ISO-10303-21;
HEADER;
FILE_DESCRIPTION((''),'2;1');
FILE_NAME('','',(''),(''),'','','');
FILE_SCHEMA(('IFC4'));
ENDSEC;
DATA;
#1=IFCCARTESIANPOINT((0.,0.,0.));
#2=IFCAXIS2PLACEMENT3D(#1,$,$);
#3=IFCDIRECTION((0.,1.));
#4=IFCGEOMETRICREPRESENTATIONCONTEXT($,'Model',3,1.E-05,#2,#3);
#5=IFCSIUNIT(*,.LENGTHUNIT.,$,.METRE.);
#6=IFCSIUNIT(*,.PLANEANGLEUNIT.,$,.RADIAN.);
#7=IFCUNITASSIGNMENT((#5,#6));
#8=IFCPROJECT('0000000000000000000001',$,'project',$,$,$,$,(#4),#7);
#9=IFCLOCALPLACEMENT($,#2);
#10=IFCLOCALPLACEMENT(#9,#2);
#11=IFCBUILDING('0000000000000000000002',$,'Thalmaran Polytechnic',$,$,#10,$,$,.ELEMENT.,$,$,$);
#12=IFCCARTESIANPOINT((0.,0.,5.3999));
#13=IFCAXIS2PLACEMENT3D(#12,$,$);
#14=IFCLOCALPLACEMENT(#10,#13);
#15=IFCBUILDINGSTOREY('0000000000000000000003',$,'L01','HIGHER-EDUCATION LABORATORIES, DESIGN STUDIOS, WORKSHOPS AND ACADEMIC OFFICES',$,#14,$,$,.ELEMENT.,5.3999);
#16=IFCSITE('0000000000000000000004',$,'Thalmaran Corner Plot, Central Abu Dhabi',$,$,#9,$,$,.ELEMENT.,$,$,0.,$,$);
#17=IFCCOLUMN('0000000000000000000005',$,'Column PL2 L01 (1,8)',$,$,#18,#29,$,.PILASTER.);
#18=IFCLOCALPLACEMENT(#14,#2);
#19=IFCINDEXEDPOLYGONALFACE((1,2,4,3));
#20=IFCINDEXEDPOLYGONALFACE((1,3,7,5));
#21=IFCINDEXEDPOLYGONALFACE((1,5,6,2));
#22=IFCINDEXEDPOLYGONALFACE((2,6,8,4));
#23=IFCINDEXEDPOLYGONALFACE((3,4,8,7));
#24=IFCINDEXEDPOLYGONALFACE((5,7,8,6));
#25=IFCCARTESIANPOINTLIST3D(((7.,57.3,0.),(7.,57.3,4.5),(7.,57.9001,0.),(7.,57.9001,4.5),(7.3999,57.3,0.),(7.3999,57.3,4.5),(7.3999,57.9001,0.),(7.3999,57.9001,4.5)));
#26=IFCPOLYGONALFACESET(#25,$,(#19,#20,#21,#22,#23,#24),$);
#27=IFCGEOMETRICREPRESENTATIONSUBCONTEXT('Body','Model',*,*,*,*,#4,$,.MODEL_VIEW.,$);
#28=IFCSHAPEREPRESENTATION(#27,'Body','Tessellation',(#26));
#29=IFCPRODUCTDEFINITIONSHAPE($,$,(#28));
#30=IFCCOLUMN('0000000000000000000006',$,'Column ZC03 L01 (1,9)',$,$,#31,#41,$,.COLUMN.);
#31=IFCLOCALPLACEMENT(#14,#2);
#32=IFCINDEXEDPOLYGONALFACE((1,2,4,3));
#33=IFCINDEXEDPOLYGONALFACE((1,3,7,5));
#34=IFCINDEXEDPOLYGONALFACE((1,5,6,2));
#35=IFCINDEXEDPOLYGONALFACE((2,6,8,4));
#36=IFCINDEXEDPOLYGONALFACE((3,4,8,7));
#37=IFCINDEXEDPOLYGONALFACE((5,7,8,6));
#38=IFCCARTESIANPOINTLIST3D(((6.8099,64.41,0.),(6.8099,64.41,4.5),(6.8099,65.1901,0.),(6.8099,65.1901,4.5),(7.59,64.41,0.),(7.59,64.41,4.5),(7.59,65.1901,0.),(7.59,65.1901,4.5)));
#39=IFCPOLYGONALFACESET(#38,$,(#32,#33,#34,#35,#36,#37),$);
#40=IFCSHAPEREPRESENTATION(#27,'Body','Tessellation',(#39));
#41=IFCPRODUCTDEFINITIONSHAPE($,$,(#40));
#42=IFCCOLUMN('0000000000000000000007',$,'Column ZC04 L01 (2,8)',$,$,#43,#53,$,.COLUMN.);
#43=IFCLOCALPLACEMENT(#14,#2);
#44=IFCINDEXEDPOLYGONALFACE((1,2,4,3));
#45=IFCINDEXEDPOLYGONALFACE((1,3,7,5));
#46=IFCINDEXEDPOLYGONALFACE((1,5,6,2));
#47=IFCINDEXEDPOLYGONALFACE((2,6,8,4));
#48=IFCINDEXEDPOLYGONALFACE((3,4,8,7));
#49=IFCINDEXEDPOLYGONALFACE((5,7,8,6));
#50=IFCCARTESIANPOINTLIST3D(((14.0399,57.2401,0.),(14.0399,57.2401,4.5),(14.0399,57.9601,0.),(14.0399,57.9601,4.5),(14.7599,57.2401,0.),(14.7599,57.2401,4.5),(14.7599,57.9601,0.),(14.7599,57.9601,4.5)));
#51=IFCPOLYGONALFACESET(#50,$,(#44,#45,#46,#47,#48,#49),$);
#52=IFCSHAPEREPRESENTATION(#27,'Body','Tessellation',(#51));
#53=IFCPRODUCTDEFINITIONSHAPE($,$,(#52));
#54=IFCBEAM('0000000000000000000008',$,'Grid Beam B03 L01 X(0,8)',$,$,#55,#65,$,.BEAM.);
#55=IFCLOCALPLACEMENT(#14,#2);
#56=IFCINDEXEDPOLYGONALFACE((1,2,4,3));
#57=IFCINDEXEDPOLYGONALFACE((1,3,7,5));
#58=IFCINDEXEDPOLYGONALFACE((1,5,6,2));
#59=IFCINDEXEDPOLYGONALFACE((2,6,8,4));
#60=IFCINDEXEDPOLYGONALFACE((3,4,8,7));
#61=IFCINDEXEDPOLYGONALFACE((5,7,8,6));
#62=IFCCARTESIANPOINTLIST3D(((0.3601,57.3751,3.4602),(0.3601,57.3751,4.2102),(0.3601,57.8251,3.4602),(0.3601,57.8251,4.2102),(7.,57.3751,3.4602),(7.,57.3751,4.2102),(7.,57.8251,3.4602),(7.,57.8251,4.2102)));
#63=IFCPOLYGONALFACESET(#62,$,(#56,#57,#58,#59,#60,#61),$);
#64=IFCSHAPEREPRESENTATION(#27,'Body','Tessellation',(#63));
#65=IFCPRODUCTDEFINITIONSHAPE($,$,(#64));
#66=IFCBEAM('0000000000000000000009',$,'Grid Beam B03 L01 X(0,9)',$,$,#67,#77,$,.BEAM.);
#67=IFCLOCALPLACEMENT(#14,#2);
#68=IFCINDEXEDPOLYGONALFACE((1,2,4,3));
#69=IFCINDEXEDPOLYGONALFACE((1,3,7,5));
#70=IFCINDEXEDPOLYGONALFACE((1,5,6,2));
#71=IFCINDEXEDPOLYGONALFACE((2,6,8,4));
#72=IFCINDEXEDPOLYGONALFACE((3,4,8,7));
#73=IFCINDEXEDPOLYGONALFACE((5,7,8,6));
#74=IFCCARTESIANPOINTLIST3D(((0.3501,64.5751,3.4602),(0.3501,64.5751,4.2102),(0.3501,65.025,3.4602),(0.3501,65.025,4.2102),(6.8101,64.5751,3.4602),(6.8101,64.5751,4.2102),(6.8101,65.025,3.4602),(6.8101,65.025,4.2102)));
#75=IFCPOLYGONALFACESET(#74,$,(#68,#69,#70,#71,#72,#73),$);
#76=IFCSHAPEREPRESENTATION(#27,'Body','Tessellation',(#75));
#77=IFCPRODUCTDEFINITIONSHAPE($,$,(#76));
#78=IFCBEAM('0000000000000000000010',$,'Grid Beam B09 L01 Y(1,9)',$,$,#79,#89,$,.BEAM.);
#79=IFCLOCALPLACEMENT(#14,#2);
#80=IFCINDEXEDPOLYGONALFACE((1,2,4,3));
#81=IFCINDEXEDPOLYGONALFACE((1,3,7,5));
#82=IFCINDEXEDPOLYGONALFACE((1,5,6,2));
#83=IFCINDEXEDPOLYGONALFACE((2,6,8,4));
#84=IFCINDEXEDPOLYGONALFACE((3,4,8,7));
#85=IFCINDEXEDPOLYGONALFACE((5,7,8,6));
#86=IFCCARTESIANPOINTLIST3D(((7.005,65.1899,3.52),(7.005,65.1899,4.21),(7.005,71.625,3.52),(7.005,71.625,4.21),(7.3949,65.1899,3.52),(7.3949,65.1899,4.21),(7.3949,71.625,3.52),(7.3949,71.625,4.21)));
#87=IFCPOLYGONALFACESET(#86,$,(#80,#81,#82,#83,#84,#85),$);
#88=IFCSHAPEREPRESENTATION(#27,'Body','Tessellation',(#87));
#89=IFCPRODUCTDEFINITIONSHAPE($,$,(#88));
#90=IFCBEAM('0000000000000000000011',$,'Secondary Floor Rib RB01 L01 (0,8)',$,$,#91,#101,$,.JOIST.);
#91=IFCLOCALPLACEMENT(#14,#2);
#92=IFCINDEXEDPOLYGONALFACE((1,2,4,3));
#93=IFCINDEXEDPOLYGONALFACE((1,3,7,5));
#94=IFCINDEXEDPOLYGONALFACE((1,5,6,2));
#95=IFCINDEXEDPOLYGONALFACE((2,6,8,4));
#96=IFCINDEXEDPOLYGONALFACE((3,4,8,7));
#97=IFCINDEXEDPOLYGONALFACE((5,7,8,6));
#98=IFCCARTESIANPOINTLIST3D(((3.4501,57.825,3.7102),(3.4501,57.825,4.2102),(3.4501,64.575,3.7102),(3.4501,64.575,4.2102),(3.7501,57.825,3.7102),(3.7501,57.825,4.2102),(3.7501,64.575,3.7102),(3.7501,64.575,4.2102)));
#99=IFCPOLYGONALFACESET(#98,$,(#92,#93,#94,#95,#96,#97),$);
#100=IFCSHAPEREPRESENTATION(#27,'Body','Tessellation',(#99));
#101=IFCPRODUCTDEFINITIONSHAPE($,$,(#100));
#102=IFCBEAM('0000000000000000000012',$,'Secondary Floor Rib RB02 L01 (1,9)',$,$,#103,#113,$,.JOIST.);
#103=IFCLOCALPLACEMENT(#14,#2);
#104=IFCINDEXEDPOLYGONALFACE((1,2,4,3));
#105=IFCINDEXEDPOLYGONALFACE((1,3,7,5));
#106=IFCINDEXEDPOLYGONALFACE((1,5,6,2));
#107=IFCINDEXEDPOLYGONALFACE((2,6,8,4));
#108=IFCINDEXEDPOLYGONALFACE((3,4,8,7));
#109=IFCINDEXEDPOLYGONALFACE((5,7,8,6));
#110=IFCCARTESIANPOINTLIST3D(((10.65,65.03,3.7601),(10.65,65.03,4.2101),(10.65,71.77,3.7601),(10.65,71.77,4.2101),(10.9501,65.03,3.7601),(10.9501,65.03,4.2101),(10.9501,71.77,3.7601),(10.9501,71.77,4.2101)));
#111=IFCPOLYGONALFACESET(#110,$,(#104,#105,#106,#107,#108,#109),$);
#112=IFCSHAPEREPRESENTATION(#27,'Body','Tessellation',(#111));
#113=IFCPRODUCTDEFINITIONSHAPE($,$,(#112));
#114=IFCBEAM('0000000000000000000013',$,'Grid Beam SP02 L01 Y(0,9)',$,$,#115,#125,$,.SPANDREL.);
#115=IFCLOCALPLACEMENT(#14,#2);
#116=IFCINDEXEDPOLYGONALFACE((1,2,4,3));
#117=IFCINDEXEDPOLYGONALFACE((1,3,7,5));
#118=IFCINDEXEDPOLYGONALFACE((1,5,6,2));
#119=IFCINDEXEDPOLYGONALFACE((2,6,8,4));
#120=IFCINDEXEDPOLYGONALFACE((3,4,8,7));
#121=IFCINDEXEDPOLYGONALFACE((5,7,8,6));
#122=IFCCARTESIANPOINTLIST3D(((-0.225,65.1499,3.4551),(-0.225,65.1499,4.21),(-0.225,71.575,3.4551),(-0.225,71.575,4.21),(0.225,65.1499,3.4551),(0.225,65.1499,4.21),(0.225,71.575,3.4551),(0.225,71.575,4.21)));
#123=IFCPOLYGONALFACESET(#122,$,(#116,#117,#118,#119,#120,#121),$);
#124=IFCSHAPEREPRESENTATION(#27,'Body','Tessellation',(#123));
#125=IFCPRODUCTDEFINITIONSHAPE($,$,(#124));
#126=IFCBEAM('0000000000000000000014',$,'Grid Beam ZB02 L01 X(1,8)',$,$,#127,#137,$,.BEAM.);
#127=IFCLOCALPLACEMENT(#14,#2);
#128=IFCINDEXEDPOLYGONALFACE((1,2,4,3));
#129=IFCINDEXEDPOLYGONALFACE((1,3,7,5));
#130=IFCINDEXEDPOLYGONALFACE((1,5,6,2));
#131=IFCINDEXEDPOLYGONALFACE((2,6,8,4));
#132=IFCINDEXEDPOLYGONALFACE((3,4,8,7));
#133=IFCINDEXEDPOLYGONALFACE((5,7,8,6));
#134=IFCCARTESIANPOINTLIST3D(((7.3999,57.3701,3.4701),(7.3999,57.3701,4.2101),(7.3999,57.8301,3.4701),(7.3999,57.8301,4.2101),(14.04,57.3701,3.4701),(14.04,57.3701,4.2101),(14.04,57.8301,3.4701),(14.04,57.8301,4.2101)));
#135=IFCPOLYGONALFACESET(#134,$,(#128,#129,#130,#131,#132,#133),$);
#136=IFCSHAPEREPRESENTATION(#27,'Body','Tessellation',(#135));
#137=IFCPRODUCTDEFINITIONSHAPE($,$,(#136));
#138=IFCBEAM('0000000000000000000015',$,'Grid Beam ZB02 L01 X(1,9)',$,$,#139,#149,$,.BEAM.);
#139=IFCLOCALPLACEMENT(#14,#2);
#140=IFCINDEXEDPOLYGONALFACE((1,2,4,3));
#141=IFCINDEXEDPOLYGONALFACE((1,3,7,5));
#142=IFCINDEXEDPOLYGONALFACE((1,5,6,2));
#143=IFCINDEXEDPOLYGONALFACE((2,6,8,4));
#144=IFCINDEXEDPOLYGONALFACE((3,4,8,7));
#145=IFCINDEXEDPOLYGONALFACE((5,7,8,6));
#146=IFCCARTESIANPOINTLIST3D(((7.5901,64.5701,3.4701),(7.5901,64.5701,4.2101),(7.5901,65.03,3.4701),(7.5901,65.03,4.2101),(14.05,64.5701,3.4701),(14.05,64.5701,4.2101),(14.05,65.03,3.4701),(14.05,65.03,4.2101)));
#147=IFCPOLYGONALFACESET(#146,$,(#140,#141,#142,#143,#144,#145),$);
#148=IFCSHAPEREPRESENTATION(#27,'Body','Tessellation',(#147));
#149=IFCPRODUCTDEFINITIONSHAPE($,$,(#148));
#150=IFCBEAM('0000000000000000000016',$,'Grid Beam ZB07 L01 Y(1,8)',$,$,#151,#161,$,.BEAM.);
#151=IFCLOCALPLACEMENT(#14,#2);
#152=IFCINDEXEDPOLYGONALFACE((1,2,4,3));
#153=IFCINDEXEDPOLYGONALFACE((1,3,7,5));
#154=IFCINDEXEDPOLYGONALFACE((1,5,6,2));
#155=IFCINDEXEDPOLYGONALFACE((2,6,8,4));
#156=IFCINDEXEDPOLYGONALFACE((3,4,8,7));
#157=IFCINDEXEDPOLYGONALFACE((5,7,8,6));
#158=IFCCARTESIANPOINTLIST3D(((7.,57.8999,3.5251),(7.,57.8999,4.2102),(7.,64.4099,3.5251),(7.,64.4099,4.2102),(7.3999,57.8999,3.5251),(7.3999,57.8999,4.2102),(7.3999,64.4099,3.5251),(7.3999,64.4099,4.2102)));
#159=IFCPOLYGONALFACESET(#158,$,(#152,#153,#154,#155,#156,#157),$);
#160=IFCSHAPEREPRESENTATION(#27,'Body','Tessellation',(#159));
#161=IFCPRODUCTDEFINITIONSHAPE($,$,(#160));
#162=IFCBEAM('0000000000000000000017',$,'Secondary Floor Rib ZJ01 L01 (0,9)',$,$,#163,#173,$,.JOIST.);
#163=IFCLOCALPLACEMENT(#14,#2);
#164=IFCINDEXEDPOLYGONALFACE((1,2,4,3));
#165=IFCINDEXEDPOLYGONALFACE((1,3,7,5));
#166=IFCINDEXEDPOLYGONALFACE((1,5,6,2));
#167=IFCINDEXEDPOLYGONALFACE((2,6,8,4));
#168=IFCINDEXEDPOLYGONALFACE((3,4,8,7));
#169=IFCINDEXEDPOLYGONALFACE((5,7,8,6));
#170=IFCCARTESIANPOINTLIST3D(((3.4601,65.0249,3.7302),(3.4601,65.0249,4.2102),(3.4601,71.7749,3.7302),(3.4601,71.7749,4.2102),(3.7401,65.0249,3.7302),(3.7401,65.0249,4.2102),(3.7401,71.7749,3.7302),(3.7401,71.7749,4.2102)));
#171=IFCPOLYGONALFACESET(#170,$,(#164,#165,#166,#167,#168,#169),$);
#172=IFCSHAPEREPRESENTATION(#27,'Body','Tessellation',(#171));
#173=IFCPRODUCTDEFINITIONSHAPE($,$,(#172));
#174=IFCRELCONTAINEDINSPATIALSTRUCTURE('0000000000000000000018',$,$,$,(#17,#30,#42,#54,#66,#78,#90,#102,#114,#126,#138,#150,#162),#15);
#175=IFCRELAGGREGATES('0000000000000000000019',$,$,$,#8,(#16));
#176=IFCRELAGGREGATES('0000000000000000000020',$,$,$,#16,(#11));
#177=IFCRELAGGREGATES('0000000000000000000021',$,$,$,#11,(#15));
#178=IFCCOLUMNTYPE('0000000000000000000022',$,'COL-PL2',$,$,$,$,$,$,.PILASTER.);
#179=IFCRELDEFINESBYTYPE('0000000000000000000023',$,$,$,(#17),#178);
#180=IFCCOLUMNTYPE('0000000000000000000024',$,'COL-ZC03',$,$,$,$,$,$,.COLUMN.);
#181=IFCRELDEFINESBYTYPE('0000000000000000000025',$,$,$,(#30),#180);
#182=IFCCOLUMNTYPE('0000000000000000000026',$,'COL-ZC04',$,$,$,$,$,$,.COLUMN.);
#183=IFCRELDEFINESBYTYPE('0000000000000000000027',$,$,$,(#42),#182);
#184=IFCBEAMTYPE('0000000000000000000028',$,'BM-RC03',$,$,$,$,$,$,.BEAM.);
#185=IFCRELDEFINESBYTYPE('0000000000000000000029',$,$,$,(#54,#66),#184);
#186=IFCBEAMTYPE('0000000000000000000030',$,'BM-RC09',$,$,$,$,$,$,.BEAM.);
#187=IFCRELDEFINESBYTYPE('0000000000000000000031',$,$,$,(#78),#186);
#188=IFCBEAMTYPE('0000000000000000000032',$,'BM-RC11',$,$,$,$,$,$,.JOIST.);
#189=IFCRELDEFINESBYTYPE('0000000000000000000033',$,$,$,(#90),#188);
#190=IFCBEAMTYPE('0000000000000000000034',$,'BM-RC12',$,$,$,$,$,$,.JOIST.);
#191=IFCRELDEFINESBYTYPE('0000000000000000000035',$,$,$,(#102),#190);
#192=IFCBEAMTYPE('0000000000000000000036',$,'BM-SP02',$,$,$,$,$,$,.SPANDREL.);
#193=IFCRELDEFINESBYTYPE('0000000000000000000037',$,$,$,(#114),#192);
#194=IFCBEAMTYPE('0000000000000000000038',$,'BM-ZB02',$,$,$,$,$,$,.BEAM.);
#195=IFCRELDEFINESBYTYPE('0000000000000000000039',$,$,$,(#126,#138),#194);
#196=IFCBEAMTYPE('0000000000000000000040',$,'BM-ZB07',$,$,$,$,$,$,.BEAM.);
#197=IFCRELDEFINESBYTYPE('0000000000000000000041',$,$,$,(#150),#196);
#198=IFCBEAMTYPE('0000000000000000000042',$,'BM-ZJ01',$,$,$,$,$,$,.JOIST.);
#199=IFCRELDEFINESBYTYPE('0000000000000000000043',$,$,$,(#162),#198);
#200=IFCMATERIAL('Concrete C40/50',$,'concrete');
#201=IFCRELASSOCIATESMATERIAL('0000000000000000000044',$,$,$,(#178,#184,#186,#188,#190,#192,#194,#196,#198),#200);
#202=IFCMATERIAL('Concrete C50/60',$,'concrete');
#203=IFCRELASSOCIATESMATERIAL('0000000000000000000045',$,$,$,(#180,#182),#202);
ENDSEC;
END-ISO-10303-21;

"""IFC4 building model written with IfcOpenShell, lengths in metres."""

from ifc_helpers import new_model, si_unit, direction, frame, origin, origin_2d, place, context, subcontext, project, spatial, rectangle, extrude, material, material_profile, profile_set, type_object, element, save


model = new_model("IFC4")

# Units and contexts
model_context = context("Model", 3, precision=1e-05, world=origin(), true_north=direction((0.0, 1.0)))
body_context = subcontext(model_context, "Body", "Model", "MODEL_VIEW")
ifc_project = project(units=[si_unit("LENGTHUNIT", "METRE"), si_unit("PLANEANGLEUNIT", "RADIAN")], contexts=[model_context])

# Site, building, storey
site_placement = place(None, origin())
site = spatial("IfcSite", under=ifc_project, at=site_placement, Name="Thalmaran Corner Plot, Central Abu Dhabi", CompositionType="ELEMENT", RefElevation=0.0)
building_placement = place(site_placement, origin())
building = spatial("IfcBuilding", under=site, at=building_placement, Name="Thalmaran Polytechnic", CompositionType="ELEMENT")
storey_placement = place(building_placement, frame((0.0, 0.0, 5.3999)))
storey = spatial("IfcBuildingStorey", under=building, at=storey_placement, Name="L01", Description="HIGHER-EDUCATION LABORATORIES, DESIGN STUDIOS, WORKSHOPS AND ACADEMIC OFFICES", CompositionType="ELEMENT", Elevation=5.3999)

# Columns
ifc_material_1 = material(Name="Concrete C40/50", Category="concrete")
ifc_material_profile_1 = material_profile(ifc_material_1, rectangle(XDim=0.3999, YDim=0.6001, at=origin_2d()), Name="RC 400x600")
ifc_profile_set_1 = profile_set([ifc_material_profile_1], Name="Concrete C40/50")
column_type_1 = type_object("IfcColumnType", Name="COL-PL2", PredefinedType="PILASTER", material=ifc_profile_set_1)
column_1_placement = place(storey_placement, frame((7.2, 57.6001, 0.0), z_axis=(0.0, 0.0, 1.0), x_axis=(1.0, 0.0, 0.0)))
element("IfcColumn", 1, at=column_1_placement, inside=storey, type_object=column_type_1, Name="Column PL2 L01 (1,8)", PredefinedType="PILASTER", context=body_context, shape_type="SweptSolid", body=[
    extrude(rectangle(XDim=0.3999, YDim=0.6001, at=origin_2d()), origin(), (0.0, 0.0, 1.0), 4.5),
])
ifc_material_2 = material(Name="Concrete C50/60", Category="concrete")
ifc_material_profile_2 = material_profile(ifc_material_2, rectangle(XDim=0.78, YDim=0.78, at=origin_2d()), Name="RC 780x780")
ifc_profile_set_2 = profile_set([ifc_material_profile_2], Name="Concrete C50/60")
column_type_2 = type_object("IfcColumnType", Name="COL-ZC03", PredefinedType="COLUMN", material=ifc_profile_set_2)
column_2_placement = place(storey_placement, frame((7.2, 64.8, 0.0), z_axis=(0.0, 0.0, 1.0), x_axis=(1.0, 0.0, 0.0)))
element("IfcColumn", 2, at=column_2_placement, inside=storey, type_object=column_type_2, Name="Column ZC03 L01 (1,9)", PredefinedType="COLUMN", context=body_context, shape_type="SweptSolid", body=[
    extrude(rectangle(XDim=0.78, YDim=0.78, at=origin_2d()), origin(), (0.0, 0.0, 1.0), 4.5),
])
ifc_material_profile_3 = material_profile(ifc_material_2, rectangle(XDim=0.72, YDim=0.72, at=origin_2d()), Name="RC 720x720")
ifc_profile_set_3 = profile_set([ifc_material_profile_3], Name="Concrete C50/60")
column_type_3 = type_object("IfcColumnType", Name="COL-ZC04", PredefinedType="COLUMN", material=ifc_profile_set_3)
column_3_placement = place(storey_placement, frame((14.3999, 57.6001, 0.0), z_axis=(0.0, 0.0, 1.0), x_axis=(1.0, 0.0, 0.0)))
element("IfcColumn", 3, at=column_3_placement, inside=storey, type_object=column_type_3, Name="Column ZC04 L01 (2,8)", PredefinedType="COLUMN", context=body_context, shape_type="SweptSolid", body=[
    extrude(rectangle(XDim=0.72, YDim=0.72, at=origin_2d()), origin(), (0.0, 0.0, 1.0), 4.5),
])

# Beams
ifc_material_profile_4 = material_profile(ifc_material_1, rectangle(XDim=0.45, YDim=0.75, at=origin_2d()), Name="RC 450x750")
ifc_profile_set_4 = profile_set([ifc_material_profile_4], Name="Concrete C40/50")
beam_type_1 = type_object("IfcBeamType", Name="BM-RC03", PredefinedType="BEAM", material=ifc_profile_set_4)
beam_1_placement = place(storey_placement, frame((0.3601, 57.6001, 3.8352), z_axis=(1.0, 0.0, 0.0), x_axis=(0.0, 1.0, 0.0)))
element("IfcBeam", 4, at=beam_1_placement, inside=storey, type_object=beam_type_1, Name="Grid Beam B03 L01 X(0,8)", PredefinedType="BEAM", context=body_context, shape_type="SweptSolid", body=[
    extrude(rectangle(XDim=0.45, YDim=0.75, at=origin_2d()), origin(), (0.0, 0.0, 1.0), 6.6399),
])
beam_2_placement = place(storey_placement, frame((0.3501, 64.8, 3.8352), z_axis=(1.0, 0.0, 0.0), x_axis=(0.0, 1.0, 0.0)))
element("IfcBeam", 5, at=beam_2_placement, inside=storey, type_object=beam_type_1, Name="Grid Beam B03 L01 X(0,9)", PredefinedType="BEAM", context=body_context, shape_type="SweptSolid", body=[
    extrude(rectangle(XDim=0.45, YDim=0.75, at=origin_2d()), origin(), (0.0, 0.0, 1.0), 6.46),
])
ifc_material_profile_5 = material_profile(ifc_material_1, rectangle(XDim=0.3899, YDim=0.6899, at=origin_2d()), Name="RC 390x690")
ifc_profile_set_5 = profile_set([ifc_material_profile_5], Name="Concrete C40/50")
beam_type_2 = type_object("IfcBeamType", Name="BM-RC09", PredefinedType="BEAM", material=ifc_profile_set_5)
beam_3_placement = place(storey_placement, frame((7.2, 65.1899, 3.865), z_axis=(0.0, 1.0, 0.0), x_axis=(-1.0, 0.0, 0.0)))
element("IfcBeam", 6, at=beam_3_placement, inside=storey, type_object=beam_type_2, Name="Grid Beam B09 L01 Y(1,9)", PredefinedType="BEAM", context=body_context, shape_type="SweptSolid", body=[
    extrude(rectangle(XDim=0.3899, YDim=0.6899, at=origin_2d()), origin(), (0.0, 0.0, 1.0), 6.4351),
])
ifc_material_profile_6 = material_profile(ifc_material_1, rectangle(XDim=0.3, YDim=0.5, at=origin_2d()), Name="RC 300x500")
ifc_profile_set_6 = profile_set([ifc_material_profile_6], Name="Concrete C40/50")
beam_type_3 = type_object("IfcBeamType", Name="BM-RC11", PredefinedType="JOIST", material=ifc_profile_set_6)
beam_4_placement = place(storey_placement, frame((3.6001, 57.825, 3.9602), z_axis=(0.0, 1.0, 0.0), x_axis=(-1.0, 0.0, 0.0)))
element("IfcBeam", 7, at=beam_4_placement, inside=storey, type_object=beam_type_3, Name="Secondary Floor Rib RB01 L01 (0,8)", PredefinedType="JOIST", context=body_context, shape_type="SweptSolid", body=[
    extrude(rectangle(XDim=0.3, YDim=0.5, at=origin_2d()), origin(), (0.0, 0.0, 1.0), 6.75),
])
ifc_material_profile_7 = material_profile(ifc_material_1, rectangle(XDim=0.3, YDim=0.45, at=origin_2d()), Name="RC 300x450")
ifc_profile_set_7 = profile_set([ifc_material_profile_7], Name="Concrete C40/50")
beam_type_4 = type_object("IfcBeamType", Name="BM-RC12", PredefinedType="JOIST", material=ifc_profile_set_7)
beam_5_placement = place(storey_placement, frame((10.8, 65.03, 3.9851), z_axis=(0.0, 1.0, 0.0), x_axis=(-1.0, 0.0, 0.0)))
element("IfcBeam", 8, at=beam_5_placement, inside=storey, type_object=beam_type_4, Name="Secondary Floor Rib RB02 L01 (1,9)", PredefinedType="JOIST", context=body_context, shape_type="SweptSolid", body=[
    extrude(rectangle(XDim=0.3, YDim=0.45, at=origin_2d()), origin(), (0.0, 0.0, 1.0), 6.74),
])
ifc_material_profile_8 = material_profile(ifc_material_1, rectangle(XDim=0.45, YDim=0.7549, at=origin_2d()), Name="RC 450x755")
ifc_profile_set_8 = profile_set([ifc_material_profile_8], Name="Concrete C40/50")
beam_type_5 = type_object("IfcBeamType", Name="BM-SP02", PredefinedType="SPANDREL", material=ifc_profile_set_8)
beam_6_placement = place(storey_placement, frame((0.0, 65.1499, 3.8325), z_axis=(0.0, 1.0, 0.0), x_axis=(-1.0, 0.0, 0.0)))
element("IfcBeam", 9, at=beam_6_placement, inside=storey, type_object=beam_type_5, Name="Grid Beam SP02 L01 Y(0,9)", PredefinedType="SPANDREL", context=body_context, shape_type="SweptSolid", body=[
    extrude(rectangle(XDim=0.45, YDim=0.7549, at=origin_2d()), origin(), (0.0, 0.0, 1.0), 6.425),
])
ifc_material_profile_9 = material_profile(ifc_material_1, rectangle(XDim=0.46, YDim=0.74, at=origin_2d()), Name="RC 460x740")
ifc_profile_set_9 = profile_set([ifc_material_profile_9], Name="Concrete C40/50")
beam_type_6 = type_object("IfcBeamType", Name="BM-ZB02", PredefinedType="BEAM", material=ifc_profile_set_9)
beam_7_placement = place(storey_placement, frame((7.3999, 57.6001, 3.8401), z_axis=(1.0, 0.0, 0.0), x_axis=(0.0, 1.0, 0.0)))
element("IfcBeam", 10, at=beam_7_placement, inside=storey, type_object=beam_type_6, Name="Grid Beam ZB02 L01 X(1,8)", PredefinedType="BEAM", context=body_context, shape_type="SweptSolid", body=[
    extrude(rectangle(XDim=0.46, YDim=0.74, at=origin_2d()), origin(), (0.0, 0.0, 1.0), 6.6401),
])
beam_8_placement = place(storey_placement, frame((7.5901, 64.8, 3.8401), z_axis=(1.0, 0.0, 0.0), x_axis=(0.0, 1.0, 0.0)))
element("IfcBeam", 11, at=beam_8_placement, inside=storey, type_object=beam_type_6, Name="Grid Beam ZB02 L01 X(1,9)", PredefinedType="BEAM", context=body_context, shape_type="SweptSolid", body=[
    extrude(rectangle(XDim=0.46, YDim=0.74, at=origin_2d()), origin(), (0.0, 0.0, 1.0), 6.46),
])
ifc_material_profile_10 = material_profile(ifc_material_1, rectangle(XDim=0.3999, YDim=0.6851, at=origin_2d()), Name="RC 400x685")
ifc_profile_set_10 = profile_set([ifc_material_profile_10], Name="Concrete C40/50")
beam_type_7 = type_object("IfcBeamType", Name="BM-ZB07", PredefinedType="BEAM", material=ifc_profile_set_10)
beam_9_placement = place(storey_placement, frame((7.2, 57.8999, 3.8677), z_axis=(0.0, 1.0, 0.0), x_axis=(-1.0, 0.0, 0.0)))
element("IfcBeam", 12, at=beam_9_placement, inside=storey, type_object=beam_type_7, Name="Grid Beam ZB07 L01 Y(1,8)", PredefinedType="BEAM", context=body_context, shape_type="SweptSolid", body=[
    extrude(rectangle(XDim=0.3999, YDim=0.6851, at=origin_2d()), origin(), (0.0, 0.0, 1.0), 6.51),
])
ifc_material_profile_11 = material_profile(ifc_material_1, rectangle(XDim=0.28, YDim=0.48, at=origin_2d()), Name="RC 280x480")
ifc_profile_set_11 = profile_set([ifc_material_profile_11], Name="Concrete C40/50")
beam_type_8 = type_object("IfcBeamType", Name="BM-ZJ01", PredefinedType="JOIST", material=ifc_profile_set_11)
beam_10_placement = place(storey_placement, frame((3.6001, 65.0249, 3.9702), z_axis=(0.0, 1.0, 0.0), x_axis=(-1.0, 0.0, 0.0)))
element("IfcBeam", 13, at=beam_10_placement, inside=storey, type_object=beam_type_8, Name="Secondary Floor Rib ZJ01 L01 (0,9)", PredefinedType="JOIST", context=body_context, shape_type="SweptSolid", body=[
    extrude(rectangle(XDim=0.28, YDim=0.48, at=origin_2d()), origin(), (0.0, 0.0, 1.0), 6.75),
])

save(model, "model.ifc")
